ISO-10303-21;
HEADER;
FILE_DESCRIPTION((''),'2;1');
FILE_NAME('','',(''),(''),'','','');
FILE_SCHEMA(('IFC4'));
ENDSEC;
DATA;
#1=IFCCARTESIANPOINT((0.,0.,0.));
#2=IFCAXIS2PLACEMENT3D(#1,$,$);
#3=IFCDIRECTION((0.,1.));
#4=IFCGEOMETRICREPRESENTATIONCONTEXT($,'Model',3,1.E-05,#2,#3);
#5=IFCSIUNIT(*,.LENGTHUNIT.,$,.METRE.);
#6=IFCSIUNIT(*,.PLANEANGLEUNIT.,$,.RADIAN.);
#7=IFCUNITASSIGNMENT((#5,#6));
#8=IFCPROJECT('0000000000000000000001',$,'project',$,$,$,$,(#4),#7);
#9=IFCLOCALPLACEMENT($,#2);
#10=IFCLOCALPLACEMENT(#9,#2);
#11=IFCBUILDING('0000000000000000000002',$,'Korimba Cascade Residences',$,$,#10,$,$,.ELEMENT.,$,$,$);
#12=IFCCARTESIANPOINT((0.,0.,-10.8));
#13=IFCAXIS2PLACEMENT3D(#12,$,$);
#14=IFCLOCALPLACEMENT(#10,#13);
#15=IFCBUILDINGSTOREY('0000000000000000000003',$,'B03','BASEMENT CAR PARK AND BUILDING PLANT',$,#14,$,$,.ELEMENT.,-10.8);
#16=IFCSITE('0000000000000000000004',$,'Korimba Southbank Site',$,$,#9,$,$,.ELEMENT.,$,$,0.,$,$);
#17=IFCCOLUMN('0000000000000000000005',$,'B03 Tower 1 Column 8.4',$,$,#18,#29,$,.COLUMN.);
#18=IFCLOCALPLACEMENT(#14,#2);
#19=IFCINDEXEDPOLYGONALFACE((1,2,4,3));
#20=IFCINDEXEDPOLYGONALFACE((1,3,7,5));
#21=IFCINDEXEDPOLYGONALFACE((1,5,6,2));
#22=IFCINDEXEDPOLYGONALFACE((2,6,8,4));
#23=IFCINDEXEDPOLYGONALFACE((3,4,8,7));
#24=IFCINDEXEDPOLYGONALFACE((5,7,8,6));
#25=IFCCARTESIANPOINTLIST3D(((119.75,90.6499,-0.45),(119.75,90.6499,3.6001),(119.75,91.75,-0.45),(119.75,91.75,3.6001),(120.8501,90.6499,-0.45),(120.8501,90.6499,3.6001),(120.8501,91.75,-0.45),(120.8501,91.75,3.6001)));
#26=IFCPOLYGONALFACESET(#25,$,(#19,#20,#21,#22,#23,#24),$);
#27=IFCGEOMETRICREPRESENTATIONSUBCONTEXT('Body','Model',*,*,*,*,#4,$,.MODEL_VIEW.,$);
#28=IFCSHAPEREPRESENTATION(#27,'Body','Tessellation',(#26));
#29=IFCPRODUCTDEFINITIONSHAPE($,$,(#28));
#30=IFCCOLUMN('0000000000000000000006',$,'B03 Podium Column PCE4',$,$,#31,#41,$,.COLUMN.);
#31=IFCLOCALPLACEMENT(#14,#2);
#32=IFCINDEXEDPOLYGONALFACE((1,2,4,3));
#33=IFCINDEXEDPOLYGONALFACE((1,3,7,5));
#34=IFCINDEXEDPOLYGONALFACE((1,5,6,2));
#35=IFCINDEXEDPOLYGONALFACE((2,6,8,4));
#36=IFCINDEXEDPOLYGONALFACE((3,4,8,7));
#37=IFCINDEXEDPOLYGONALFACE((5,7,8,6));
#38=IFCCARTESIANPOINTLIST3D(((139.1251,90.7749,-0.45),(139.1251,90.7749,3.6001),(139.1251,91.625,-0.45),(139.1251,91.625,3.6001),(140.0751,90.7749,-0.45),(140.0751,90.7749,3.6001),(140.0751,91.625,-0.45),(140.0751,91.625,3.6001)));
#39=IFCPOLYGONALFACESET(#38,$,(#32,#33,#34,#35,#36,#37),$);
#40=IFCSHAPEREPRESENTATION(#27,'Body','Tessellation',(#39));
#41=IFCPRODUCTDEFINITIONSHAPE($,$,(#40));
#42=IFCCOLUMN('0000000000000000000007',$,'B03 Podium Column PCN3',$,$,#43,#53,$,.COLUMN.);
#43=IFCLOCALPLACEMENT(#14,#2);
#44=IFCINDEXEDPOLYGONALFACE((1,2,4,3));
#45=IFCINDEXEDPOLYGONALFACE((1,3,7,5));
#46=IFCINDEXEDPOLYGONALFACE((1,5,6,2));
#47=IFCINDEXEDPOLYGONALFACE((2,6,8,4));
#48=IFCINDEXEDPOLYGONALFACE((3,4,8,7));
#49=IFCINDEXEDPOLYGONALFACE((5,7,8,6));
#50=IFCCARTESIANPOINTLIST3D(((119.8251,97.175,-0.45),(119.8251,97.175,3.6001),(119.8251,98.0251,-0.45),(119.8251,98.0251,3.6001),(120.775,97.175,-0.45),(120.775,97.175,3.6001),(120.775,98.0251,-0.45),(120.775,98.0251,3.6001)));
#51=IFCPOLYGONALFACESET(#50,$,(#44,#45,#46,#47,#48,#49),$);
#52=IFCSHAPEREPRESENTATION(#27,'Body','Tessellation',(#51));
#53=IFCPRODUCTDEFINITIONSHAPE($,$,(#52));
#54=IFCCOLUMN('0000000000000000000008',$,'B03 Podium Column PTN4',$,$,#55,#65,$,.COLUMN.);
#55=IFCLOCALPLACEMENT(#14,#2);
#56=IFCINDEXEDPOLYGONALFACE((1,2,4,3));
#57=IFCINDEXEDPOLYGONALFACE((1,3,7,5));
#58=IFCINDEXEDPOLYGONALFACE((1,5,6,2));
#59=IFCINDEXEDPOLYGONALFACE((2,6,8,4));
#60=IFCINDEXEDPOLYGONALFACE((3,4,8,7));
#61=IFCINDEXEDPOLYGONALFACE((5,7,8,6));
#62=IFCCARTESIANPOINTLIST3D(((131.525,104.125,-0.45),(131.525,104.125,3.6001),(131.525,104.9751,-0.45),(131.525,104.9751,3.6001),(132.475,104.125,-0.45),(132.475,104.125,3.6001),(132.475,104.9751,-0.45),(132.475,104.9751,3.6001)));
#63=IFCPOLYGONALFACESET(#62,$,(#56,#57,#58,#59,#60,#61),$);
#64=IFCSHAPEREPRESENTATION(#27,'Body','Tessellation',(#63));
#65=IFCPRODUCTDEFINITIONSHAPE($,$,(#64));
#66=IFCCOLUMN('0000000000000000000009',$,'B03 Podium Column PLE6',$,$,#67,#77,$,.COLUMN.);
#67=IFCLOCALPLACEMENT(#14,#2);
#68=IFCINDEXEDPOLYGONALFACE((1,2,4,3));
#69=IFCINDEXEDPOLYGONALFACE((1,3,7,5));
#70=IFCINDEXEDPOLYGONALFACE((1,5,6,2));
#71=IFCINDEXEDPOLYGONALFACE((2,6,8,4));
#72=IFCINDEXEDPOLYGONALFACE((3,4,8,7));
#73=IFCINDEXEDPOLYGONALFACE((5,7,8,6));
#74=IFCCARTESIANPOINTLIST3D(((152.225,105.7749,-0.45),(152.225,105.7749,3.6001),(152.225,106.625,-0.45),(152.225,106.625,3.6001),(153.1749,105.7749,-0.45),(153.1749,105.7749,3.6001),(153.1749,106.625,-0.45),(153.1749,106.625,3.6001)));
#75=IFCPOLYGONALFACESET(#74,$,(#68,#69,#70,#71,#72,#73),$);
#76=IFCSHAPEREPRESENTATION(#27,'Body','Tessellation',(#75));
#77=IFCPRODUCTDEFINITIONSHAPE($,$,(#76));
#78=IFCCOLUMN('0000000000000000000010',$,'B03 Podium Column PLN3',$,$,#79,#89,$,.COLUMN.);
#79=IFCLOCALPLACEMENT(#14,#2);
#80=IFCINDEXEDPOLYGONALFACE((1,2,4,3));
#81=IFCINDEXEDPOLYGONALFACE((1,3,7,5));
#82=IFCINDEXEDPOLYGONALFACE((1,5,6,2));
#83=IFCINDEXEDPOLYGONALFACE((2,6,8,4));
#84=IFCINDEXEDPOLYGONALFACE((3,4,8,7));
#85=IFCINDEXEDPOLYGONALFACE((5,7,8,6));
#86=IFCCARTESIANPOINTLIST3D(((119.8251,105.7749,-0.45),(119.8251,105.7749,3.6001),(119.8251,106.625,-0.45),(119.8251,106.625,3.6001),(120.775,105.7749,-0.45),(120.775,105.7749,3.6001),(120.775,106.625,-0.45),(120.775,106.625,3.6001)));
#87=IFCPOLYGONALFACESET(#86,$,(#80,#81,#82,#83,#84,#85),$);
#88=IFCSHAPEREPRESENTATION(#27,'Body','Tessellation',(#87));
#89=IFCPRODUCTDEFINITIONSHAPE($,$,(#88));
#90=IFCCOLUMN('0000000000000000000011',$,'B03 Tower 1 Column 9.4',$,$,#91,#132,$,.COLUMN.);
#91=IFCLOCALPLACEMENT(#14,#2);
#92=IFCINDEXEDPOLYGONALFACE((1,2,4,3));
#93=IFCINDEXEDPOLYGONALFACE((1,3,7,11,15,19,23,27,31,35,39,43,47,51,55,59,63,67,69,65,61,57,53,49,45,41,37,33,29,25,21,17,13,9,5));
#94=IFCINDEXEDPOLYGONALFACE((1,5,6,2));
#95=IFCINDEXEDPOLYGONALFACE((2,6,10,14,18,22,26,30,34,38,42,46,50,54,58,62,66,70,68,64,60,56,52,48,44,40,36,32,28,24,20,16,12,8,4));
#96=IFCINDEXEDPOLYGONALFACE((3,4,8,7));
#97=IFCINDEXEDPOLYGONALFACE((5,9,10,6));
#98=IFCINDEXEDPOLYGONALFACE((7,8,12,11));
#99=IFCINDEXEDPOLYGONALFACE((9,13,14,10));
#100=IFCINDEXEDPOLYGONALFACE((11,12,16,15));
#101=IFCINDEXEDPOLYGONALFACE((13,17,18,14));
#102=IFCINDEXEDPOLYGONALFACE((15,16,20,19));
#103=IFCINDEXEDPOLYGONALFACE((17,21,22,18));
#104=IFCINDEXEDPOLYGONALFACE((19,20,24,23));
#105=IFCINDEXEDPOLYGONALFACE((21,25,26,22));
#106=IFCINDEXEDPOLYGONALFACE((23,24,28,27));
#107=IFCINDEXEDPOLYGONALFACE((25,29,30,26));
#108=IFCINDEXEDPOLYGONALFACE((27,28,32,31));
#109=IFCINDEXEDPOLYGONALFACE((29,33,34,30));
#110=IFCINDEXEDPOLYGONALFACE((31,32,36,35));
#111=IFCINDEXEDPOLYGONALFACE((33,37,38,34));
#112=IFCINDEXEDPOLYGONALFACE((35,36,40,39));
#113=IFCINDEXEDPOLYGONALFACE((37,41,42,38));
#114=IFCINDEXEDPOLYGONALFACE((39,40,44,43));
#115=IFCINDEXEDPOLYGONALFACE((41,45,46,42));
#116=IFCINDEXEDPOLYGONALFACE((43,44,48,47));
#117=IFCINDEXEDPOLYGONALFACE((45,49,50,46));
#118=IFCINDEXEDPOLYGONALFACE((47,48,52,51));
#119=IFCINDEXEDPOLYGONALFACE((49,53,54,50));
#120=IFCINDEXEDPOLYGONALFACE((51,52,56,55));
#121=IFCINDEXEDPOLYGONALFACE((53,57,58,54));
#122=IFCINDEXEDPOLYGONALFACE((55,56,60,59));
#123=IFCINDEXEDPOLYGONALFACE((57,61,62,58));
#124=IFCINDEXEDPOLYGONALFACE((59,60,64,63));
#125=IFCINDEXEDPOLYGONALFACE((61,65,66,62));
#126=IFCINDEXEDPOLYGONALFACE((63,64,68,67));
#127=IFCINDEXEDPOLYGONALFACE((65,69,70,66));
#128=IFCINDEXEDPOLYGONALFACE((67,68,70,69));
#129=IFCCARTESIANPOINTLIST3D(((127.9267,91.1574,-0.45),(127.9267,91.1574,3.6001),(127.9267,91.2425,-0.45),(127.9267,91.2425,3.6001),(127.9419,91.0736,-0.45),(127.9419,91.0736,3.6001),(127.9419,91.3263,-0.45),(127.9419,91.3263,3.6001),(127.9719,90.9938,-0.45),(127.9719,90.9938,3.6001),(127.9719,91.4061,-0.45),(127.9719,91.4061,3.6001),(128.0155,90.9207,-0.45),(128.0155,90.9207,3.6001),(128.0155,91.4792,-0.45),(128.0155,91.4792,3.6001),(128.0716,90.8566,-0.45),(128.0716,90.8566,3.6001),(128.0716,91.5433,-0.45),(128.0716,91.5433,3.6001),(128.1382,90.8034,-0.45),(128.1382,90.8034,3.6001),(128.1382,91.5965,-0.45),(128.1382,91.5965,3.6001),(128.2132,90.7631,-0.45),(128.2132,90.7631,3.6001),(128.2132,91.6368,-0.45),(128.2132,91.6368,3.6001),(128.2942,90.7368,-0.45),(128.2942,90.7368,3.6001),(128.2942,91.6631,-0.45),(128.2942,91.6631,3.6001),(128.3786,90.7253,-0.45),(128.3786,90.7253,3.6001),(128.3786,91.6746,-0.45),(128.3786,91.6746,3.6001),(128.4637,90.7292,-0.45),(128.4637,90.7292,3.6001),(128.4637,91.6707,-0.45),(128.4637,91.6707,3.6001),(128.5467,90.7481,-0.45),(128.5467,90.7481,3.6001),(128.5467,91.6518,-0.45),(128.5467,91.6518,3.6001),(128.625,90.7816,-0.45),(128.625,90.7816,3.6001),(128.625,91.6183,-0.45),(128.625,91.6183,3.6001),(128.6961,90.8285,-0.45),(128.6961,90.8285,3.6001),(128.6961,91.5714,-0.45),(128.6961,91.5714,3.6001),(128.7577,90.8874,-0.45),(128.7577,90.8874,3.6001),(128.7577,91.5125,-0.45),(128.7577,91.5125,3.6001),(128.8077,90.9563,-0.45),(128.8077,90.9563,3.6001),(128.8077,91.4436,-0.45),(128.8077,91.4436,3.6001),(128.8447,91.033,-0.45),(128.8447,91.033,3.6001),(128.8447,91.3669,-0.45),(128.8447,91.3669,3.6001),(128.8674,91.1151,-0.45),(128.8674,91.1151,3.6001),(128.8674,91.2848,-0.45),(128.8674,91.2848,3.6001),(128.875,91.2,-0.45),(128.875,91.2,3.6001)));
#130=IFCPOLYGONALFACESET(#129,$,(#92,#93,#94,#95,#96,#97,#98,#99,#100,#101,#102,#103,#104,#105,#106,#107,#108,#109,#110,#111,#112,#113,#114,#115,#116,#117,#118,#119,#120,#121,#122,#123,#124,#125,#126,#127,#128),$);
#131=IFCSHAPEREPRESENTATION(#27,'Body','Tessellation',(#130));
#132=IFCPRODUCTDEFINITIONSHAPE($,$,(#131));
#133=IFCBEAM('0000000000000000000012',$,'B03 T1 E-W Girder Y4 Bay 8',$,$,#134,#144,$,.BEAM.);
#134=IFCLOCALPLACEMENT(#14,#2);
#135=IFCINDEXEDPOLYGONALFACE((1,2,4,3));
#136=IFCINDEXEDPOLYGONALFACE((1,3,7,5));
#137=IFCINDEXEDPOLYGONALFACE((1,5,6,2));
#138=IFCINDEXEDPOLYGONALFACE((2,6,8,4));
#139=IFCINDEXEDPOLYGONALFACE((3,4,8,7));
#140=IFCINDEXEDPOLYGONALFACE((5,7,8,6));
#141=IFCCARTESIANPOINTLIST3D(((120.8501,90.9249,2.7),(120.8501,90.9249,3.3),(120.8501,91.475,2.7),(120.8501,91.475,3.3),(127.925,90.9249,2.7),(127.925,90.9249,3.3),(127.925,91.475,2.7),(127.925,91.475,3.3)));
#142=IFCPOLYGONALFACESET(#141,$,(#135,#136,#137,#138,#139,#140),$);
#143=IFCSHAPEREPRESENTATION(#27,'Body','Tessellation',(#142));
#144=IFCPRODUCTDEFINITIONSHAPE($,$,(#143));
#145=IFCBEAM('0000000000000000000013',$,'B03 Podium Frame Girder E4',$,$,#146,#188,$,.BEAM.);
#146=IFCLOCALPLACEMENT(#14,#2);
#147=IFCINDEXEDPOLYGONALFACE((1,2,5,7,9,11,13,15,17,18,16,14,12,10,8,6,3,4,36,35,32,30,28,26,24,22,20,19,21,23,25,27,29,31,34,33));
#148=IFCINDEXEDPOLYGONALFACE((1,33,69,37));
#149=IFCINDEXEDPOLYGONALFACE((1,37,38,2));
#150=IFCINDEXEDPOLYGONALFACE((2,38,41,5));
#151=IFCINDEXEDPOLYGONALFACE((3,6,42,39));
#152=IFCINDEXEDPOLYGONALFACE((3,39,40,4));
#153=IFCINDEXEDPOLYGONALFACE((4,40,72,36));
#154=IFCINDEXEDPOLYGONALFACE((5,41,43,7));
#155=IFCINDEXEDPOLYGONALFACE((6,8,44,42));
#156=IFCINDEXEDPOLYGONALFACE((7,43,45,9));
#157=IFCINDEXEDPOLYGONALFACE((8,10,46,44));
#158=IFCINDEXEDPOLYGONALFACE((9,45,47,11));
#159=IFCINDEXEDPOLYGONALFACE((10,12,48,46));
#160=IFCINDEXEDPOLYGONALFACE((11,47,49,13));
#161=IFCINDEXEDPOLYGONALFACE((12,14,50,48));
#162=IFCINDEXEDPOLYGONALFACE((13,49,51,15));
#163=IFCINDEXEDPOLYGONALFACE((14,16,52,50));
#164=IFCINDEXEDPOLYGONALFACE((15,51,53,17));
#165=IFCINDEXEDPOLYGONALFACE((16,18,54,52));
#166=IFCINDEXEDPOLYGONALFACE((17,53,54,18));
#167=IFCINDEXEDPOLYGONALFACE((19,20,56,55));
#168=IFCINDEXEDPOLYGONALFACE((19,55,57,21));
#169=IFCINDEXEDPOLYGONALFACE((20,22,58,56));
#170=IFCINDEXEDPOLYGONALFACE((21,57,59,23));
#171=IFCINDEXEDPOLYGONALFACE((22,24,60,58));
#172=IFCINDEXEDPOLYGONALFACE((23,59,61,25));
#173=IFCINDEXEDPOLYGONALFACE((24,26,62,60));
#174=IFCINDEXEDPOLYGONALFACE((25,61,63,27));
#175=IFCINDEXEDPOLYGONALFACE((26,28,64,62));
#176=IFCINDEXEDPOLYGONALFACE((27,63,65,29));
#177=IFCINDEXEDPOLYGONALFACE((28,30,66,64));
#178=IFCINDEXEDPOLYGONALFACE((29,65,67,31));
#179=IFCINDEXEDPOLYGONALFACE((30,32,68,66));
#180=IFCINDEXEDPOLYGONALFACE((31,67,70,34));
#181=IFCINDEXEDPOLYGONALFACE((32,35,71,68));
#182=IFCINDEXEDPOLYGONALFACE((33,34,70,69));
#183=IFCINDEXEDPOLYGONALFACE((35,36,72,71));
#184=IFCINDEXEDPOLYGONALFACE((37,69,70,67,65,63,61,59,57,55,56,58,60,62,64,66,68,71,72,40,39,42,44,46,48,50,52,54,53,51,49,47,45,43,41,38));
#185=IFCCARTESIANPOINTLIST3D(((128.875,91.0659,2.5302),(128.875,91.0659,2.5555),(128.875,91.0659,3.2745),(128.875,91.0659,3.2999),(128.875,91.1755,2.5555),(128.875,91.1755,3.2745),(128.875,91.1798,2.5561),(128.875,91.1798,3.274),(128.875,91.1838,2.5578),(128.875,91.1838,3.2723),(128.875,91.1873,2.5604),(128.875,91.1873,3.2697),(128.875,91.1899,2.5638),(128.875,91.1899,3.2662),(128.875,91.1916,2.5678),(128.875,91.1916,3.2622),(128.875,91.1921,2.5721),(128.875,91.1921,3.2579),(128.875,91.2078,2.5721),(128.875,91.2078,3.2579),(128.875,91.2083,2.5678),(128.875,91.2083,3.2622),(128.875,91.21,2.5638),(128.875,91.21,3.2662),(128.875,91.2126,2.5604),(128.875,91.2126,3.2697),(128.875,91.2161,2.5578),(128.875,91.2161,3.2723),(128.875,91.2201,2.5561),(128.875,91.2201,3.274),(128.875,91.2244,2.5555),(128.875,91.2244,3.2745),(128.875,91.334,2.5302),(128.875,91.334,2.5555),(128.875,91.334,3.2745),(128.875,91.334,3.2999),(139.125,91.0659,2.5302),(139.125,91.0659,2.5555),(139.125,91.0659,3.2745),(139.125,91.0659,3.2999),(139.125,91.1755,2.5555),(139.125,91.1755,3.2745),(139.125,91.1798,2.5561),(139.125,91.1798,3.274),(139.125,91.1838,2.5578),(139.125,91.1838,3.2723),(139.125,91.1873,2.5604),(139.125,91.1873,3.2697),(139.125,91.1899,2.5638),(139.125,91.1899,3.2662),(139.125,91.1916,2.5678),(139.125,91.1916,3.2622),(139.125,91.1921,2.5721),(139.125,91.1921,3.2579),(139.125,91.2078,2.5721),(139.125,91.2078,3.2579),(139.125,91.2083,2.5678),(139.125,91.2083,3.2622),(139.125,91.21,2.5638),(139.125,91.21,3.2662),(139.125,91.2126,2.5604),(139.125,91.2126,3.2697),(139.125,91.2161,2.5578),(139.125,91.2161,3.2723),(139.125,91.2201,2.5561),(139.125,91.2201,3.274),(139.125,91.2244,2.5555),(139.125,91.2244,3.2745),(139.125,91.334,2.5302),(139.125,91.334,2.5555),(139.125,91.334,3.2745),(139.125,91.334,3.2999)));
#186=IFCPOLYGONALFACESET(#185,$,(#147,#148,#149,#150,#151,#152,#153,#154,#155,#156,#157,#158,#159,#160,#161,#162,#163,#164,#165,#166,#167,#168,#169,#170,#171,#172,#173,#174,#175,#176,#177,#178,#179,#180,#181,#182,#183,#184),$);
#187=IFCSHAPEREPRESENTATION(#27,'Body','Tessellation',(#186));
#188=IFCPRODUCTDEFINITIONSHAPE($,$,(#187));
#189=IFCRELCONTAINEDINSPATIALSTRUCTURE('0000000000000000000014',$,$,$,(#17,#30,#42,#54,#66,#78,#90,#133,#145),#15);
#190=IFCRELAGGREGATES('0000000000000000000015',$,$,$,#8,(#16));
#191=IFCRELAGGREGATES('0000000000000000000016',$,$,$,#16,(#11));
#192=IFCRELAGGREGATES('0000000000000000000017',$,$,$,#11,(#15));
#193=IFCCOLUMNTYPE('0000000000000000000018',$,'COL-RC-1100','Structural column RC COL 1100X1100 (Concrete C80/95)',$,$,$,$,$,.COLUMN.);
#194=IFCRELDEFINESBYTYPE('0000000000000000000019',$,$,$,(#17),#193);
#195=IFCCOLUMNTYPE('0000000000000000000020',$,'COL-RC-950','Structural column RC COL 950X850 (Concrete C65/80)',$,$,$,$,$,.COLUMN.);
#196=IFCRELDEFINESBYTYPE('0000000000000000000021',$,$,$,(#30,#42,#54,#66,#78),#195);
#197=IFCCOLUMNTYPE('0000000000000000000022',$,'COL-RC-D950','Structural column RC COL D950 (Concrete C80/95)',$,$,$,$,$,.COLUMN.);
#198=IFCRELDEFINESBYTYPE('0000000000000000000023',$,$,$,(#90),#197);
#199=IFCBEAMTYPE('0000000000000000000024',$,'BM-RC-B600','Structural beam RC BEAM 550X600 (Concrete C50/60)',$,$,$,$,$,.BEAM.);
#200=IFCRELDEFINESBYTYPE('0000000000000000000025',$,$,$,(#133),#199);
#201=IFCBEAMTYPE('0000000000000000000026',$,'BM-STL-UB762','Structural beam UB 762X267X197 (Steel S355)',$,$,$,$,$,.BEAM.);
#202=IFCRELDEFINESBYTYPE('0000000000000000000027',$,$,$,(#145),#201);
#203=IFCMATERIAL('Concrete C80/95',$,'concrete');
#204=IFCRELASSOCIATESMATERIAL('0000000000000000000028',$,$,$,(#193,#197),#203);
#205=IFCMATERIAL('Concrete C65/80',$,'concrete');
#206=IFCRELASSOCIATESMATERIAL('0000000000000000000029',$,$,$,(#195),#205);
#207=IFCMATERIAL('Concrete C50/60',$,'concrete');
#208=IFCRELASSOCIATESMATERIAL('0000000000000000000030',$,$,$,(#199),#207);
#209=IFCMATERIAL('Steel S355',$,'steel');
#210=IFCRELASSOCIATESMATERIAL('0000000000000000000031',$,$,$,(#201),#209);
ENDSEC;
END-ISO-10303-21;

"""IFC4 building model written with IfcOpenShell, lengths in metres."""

from ifc_helpers import new_model, si_unit, direction, frame, origin, origin_2d, place, context, subcontext, project, spatial, rectangle, circle, i_section, extrude, material, material_profile, profile_set, type_object, element, save


model = new_model("IFC4")

# Units and contexts
model_context = context("Model", 3, precision=1e-05, world=origin(), true_north=direction((0.0, 1.0)))
body_context = subcontext(model_context, "Body", "Model", "MODEL_VIEW")
ifc_project = project(units=[si_unit("LENGTHUNIT", "METRE"), si_unit("PLANEANGLEUNIT", "RADIAN")], contexts=[model_context])

# Site, building, storey
site_placement = place(None, origin())
site = spatial("IfcSite", under=ifc_project, at=site_placement, Name="Korimba Southbank Site", CompositionType="ELEMENT", RefElevation=0.0)
building_placement = place(site_placement, origin())
building = spatial("IfcBuilding", under=site, at=building_placement, Name="Korimba Cascade Residences", CompositionType="ELEMENT")
storey_placement = place(building_placement, frame((0.0, 0.0, -10.8)))
storey = spatial("IfcBuildingStorey", under=building, at=storey_placement, Name="B03", Description="BASEMENT CAR PARK AND BUILDING PLANT", CompositionType="ELEMENT", Elevation=-10.8)

# Shared definitions
ifc_material_1 = material(Name="Concrete C50/60", Category="concrete")

# Columns
ifc_material_2 = material(Name="Concrete C80/95", Category="concrete")
ifc_material_profile_1 = material_profile(ifc_material_2, rectangle(XDim=1.1001, YDim=1.1001, at=origin_2d()), Name="Concrete C80/95")
ifc_profile_set_1 = profile_set([ifc_material_profile_1], Name="Concrete C80/95")
column_type_1 = type_object("IfcColumnType", Name="COL-RC-1100", Description="Structural column RC COL 1100X1100 (Concrete C80/95)", PredefinedType="COLUMN", material=ifc_profile_set_1)
column_1_placement = place(storey_placement, frame((120.3, 91.2, -0.45), z_axis=(0.0, 0.0, 1.0), x_axis=(1.0, 0.0, 0.0)))
element("IfcColumn", 1, at=column_1_placement, inside=storey, type_object=column_type_1, Name="B03 Tower 1 Column 8.4", PredefinedType="COLUMN", context=body_context, shape_type="SweptSolid", body=[
    extrude(rectangle(XDim=1.1001, YDim=1.1001, at=origin_2d()), origin(), (0.0, 0.0, 1.0), 4.05),
])
ifc_material_3 = material(Name="Concrete C65/80", Category="concrete")
ifc_material_profile_2 = material_profile(ifc_material_3, rectangle(XDim=0.95, YDim=0.8501, at=origin_2d()), Name="Concrete C65/80")
ifc_profile_set_2 = profile_set([ifc_material_profile_2], Name="Concrete C65/80")
column_type_2 = type_object("IfcColumnType", Name="COL-RC-950", Description="Structural column RC COL 950X850 (Concrete C65/80)", PredefinedType="COLUMN", material=ifc_profile_set_2)
for number, where, z_axis, x_axis, name in (
    (2, (139.6001, 91.2, -0.45), (0.0, 0.0, 1.0), (1.0, 0.0, 0.0), "B03 Podium Column PCE4"),
    (3, (120.3, 97.6001, -0.45), (0.0, 0.0, 1.0), (1.0, 0.0, 0.0), "B03 Podium Column PCN3"),
    (4, (132.0, 104.55, -0.45), (0.0, 0.0, 1.0), (1.0, 0.0, 0.0), "B03 Podium Column PTN4"),
    (5, (152.7, 106.2, -0.45), (0.0, 0.0, 1.0), (1.0, 0.0, 0.0), "B03 Podium Column PLE6"),
    (6, (120.3, 106.2, -0.45), (0.0, 0.0, 1.0), (1.0, 0.0, 0.0), "B03 Podium Column PLN3"),
):
    element("IfcColumn", number, at=place(storey_placement, frame(where, z_axis=z_axis, x_axis=x_axis)), inside=storey, type_object=column_type_2, Name=name, PredefinedType="COLUMN", context=body_context, shape_type="SweptSolid", body=[
        extrude(rectangle(XDim=0.95, YDim=0.8501, at=origin_2d()), origin(), (0.0, 0.0, 1.0), 4.05),
    ])
ifc_material_profile_3 = material_profile(ifc_material_2, circle(Radius=0.4751, at=origin_2d()), Name="Concrete C80/95")
ifc_profile_set_3 = profile_set([ifc_material_profile_3], Name="Concrete C80/95")
column_type_3 = type_object("IfcColumnType", Name="COL-RC-D950", Description="Structural column RC COL D950 (Concrete C80/95)", PredefinedType="COLUMN", material=ifc_profile_set_3)
column_2_placement = place(storey_placement, frame((128.3999, 91.2, -0.45), z_axis=(0.0, 0.0, 1.0), x_axis=(1.0, 0.0, 0.0)))
element("IfcColumn", 7, at=column_2_placement, inside=storey, type_object=column_type_3, Name="B03 Tower 1 Column 9.4", PredefinedType="COLUMN", context=body_context, shape_type="SweptSolid", body=[
    extrude(circle(Radius=0.4751, at=origin_2d()), origin(), (0.0, 0.0, 1.0), 4.05),
])

# Beams
ifc_material_profile_4 = material_profile(ifc_material_1, rectangle(XDim=0.55, YDim=0.6001, at=origin_2d()), Name="Concrete C50/60")
ifc_profile_set_4 = profile_set([ifc_material_profile_4], Name="Concrete C50/60")
beam_type_1 = type_object("IfcBeamType", Name="BM-RC-B600", Description="Structural beam RC BEAM 550X600 (Concrete C50/60)", PredefinedType="BEAM", material=ifc_profile_set_4)
beam_1_placement = place(storey_placement, frame((120.8501, 91.2, 3.0), z_axis=(1.0, 0.0, 0.0), x_axis=(0.0, 1.0, 0.0)))
element("IfcBeam", 8, at=beam_1_placement, inside=storey, type_object=beam_type_1, Name="B03 T1 E-W Girder Y4 Bay 8", PredefinedType="BEAM", context=body_context, shape_type="SweptSolid", body=[
    extrude(rectangle(XDim=0.55, YDim=0.6001, at=origin_2d()), origin(), (0.0, 0.0, 1.0), 7.075),
])
ifc_material_4 = material(Name="Steel S355", Category="steel")
ifc_material_profile_5 = material_profile(ifc_material_4, i_section(OverallWidth=0.2681, OverallDepth=0.7698, WebThickness=0.0156, FlangeThickness=0.0254, FilletRadius=0.0166, at=origin_2d()), Name="Steel S355")
ifc_profile_set_5 = profile_set([ifc_material_profile_5], Name="Steel S355")
beam_type_2 = type_object("IfcBeamType", Name="BM-STL-UB762", Description="Structural beam UB 762X267X197 (Steel S355)", PredefinedType="BEAM", material=ifc_profile_set_5)
beam_2_placement = place(storey_placement, frame((128.875, 91.2, 2.915), z_axis=(1.0, 0.0, 0.0), x_axis=(0.0, 1.0, 0.0)))
element("IfcBeam", 9, at=beam_2_placement, inside=storey, type_object=beam_type_2, Name="B03 Podium Frame Girder E4", PredefinedType="BEAM", context=body_context, shape_type="SweptSolid", body=[
    extrude(i_section(OverallWidth=0.2681, OverallDepth=0.7698, WebThickness=0.0156, FlangeThickness=0.0254, FilletRadius=0.0166, at=origin_2d()), origin(), (0.0, 0.0, 1.0), 10.25),
])

save(model, "model.ifc")
